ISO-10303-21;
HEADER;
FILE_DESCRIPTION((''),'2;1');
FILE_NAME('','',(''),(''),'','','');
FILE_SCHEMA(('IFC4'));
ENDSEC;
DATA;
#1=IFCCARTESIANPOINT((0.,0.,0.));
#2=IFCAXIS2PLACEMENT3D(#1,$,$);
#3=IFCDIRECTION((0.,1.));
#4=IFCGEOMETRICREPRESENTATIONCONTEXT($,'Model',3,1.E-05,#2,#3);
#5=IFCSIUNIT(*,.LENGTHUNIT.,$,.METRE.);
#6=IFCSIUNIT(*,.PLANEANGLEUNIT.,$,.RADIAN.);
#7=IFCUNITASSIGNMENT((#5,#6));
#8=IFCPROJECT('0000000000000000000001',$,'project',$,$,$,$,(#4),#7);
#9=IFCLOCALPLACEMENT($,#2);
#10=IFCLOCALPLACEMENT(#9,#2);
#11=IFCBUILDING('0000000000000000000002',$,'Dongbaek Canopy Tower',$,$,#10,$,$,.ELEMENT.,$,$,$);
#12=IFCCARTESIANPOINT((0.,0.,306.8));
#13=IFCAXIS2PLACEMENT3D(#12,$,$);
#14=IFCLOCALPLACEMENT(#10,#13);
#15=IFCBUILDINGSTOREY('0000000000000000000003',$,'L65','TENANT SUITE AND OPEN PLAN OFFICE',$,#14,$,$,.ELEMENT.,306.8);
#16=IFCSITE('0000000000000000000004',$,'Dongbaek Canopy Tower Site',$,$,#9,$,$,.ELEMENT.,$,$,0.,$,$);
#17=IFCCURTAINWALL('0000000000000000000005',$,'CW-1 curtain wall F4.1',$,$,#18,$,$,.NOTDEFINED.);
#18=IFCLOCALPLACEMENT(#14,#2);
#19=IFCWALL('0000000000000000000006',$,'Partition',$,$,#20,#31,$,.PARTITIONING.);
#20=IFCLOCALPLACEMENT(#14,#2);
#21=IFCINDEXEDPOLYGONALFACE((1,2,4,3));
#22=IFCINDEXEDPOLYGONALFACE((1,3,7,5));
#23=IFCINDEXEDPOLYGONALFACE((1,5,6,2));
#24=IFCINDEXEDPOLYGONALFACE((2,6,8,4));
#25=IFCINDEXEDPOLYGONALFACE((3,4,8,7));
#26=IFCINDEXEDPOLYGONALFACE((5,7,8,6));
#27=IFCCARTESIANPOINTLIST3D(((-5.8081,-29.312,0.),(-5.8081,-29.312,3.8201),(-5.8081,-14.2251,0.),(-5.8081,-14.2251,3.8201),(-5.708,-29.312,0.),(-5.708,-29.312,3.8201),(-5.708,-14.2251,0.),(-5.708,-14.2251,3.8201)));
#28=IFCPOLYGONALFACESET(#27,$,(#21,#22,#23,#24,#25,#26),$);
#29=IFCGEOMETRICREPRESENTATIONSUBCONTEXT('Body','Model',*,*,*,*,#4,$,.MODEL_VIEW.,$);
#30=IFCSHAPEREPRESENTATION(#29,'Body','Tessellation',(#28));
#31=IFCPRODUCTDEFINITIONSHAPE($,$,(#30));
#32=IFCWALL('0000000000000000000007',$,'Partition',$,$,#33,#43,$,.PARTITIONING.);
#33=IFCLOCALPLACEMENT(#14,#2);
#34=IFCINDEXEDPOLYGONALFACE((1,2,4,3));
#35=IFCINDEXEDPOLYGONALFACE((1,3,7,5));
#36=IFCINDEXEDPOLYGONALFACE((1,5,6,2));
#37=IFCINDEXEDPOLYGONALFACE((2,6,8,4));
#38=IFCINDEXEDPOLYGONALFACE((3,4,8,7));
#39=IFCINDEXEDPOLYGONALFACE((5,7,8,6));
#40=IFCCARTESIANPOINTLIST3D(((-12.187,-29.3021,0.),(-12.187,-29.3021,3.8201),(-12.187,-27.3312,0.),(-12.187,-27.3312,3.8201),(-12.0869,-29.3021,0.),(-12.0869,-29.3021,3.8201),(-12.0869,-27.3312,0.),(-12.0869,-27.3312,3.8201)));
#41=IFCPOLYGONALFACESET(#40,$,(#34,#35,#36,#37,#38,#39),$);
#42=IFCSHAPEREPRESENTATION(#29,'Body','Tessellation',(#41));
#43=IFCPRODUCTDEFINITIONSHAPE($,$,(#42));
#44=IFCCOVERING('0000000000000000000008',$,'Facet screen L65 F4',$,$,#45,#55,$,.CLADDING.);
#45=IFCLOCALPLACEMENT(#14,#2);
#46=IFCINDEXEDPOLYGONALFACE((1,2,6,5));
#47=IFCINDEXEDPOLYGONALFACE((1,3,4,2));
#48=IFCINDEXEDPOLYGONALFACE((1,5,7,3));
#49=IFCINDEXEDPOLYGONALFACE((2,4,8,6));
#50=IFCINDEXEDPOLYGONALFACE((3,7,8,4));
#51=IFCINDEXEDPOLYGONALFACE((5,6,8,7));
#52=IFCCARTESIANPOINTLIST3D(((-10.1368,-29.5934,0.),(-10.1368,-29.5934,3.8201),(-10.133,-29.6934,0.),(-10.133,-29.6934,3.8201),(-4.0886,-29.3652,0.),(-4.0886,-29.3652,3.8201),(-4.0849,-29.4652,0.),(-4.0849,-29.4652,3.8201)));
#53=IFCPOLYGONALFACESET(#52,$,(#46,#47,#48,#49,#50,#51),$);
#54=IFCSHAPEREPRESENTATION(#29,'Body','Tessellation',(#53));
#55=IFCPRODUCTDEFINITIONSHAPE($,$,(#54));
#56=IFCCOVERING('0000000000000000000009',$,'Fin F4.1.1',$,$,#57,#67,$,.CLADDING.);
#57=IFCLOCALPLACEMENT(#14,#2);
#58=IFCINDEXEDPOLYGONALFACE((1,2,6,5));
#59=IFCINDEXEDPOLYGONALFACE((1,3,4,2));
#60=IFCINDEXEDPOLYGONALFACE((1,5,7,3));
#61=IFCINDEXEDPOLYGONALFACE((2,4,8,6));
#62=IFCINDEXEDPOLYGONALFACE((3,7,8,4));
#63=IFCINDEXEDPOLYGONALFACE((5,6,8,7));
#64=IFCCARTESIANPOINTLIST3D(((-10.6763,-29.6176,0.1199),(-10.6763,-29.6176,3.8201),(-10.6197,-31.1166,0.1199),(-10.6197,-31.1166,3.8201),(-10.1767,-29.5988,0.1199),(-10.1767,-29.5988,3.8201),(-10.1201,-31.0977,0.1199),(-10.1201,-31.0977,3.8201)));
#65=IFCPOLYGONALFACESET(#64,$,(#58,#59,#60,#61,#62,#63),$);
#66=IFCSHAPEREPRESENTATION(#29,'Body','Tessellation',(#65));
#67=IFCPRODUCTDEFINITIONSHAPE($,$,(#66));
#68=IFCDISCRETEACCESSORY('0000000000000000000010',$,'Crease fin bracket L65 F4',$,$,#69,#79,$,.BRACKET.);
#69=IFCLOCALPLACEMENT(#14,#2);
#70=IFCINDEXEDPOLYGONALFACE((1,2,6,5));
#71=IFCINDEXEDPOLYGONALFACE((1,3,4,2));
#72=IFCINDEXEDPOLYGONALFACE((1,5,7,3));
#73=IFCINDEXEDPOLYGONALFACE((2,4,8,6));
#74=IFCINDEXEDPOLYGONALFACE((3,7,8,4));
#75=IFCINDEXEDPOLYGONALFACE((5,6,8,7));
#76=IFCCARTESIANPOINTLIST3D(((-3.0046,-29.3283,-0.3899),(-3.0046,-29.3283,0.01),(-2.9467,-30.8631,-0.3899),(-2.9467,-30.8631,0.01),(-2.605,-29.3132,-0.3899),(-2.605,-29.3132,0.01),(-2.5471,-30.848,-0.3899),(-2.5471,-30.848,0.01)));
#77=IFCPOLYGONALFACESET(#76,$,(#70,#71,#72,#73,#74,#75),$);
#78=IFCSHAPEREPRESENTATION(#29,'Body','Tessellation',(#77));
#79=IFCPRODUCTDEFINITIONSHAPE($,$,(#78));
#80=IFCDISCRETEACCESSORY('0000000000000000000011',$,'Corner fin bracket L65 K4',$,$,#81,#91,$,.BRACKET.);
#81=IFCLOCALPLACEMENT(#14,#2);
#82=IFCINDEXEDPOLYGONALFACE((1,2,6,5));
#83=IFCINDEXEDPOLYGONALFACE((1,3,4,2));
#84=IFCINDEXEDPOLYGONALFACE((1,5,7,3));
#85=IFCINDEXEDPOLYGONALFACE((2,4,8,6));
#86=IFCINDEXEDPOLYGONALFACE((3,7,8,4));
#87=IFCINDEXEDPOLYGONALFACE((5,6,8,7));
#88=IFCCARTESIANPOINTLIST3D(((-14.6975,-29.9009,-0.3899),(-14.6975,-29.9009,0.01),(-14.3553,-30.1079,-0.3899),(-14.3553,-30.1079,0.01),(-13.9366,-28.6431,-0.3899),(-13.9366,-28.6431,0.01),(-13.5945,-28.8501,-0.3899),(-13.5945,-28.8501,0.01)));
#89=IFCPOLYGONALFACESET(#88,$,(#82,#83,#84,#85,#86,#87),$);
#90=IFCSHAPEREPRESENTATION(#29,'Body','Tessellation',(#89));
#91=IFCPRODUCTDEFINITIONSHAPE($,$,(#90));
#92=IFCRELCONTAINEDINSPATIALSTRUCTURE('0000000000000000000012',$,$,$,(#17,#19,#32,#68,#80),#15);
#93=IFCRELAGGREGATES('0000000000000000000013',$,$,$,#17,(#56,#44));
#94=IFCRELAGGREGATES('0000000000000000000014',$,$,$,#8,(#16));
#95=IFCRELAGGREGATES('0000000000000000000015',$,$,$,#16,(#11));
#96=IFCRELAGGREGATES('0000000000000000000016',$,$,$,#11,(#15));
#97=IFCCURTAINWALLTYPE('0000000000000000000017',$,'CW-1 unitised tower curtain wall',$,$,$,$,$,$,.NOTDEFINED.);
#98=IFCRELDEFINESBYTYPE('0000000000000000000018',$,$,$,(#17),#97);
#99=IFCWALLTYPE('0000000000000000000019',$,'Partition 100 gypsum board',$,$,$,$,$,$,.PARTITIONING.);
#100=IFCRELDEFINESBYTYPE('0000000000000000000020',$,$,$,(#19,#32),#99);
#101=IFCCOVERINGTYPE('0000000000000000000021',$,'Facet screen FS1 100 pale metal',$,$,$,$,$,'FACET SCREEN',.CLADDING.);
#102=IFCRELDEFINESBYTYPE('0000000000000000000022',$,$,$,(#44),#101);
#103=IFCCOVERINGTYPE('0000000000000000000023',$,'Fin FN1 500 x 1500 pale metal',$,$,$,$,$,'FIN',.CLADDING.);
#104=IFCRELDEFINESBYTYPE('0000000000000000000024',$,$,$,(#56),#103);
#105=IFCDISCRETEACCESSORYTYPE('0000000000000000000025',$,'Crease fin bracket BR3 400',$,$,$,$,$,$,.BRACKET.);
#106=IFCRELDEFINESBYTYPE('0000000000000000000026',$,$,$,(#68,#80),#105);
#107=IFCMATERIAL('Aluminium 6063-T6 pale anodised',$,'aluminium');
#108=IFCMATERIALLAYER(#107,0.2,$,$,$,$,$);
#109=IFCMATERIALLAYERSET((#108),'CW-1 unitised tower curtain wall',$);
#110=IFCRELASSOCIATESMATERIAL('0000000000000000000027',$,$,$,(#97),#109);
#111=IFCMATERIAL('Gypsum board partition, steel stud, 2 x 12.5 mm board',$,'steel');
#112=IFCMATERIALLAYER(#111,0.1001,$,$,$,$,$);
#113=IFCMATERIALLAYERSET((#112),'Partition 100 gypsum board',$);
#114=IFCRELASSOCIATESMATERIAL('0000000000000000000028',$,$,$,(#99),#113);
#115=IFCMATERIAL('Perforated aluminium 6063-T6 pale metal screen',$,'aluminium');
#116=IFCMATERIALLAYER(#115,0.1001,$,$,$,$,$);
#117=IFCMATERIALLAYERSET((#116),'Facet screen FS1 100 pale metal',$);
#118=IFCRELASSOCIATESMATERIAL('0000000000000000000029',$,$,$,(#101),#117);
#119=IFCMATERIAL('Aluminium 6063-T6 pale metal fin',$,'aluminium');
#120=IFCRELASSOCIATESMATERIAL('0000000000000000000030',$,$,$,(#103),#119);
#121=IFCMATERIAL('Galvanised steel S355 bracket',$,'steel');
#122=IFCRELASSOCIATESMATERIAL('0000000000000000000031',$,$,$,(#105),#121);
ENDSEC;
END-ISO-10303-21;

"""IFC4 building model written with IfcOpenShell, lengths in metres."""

from ifc_helpers import new_model, si_unit, direction, frame, frame_2d, origin, origin_2d, place, context, subcontext, project, spatial, rectangle, extrude, material, layer, layer_set, material_profile, profile_set, type_object, element, aggregate, save


model = new_model("IFC4")

# Units and contexts
model_context = context("Model", 3, precision=1e-05, world=origin(), true_north=direction((0.0, 1.0)))
body_context = subcontext(model_context, "Body", "Model", "MODEL_VIEW")
ifc_project = project(units=[si_unit("LENGTHUNIT", "METRE"), si_unit("PLANEANGLEUNIT", "RADIAN")], contexts=[model_context])

# Site, building, storey
site_placement = place(None, origin())
site = spatial("IfcSite", under=ifc_project, at=site_placement, Name="Dongbaek Canopy Tower Site", CompositionType="ELEMENT", RefElevation=0.0)
building_placement = place(site_placement, origin())
building = spatial("IfcBuilding", under=site, at=building_placement, Name="Dongbaek Canopy Tower", CompositionType="ELEMENT")
storey_placement = place(building_placement, frame((0.0, 0.0, 306.8)))
storey = spatial("IfcBuildingStorey", under=building, at=storey_placement, Name="L65", Description="TENANT SUITE AND OPEN PLAN OFFICE", CompositionType="ELEMENT", Elevation=306.8)

# Curtain wall
ifc_material_1 = material(Name="Aluminium 6063-T6 pale anodised", Category="aluminium")
ifc_layer_1 = layer(ifc_material_1, 0.2)
ifc_layer_set_1 = layer_set([ifc_layer_1], Name="CW-1 unitised tower curtain wall")
curtain_wall_type = type_object("IfcCurtainWallType", Name="CW-1 unitised tower curtain wall", PredefinedType="NOTDEFINED", material=ifc_layer_set_1)
curtain_wall_1_placement = place(storey_placement, origin())
curtain_wall_1 = element("IfcCurtainWall", 1, at=curtain_wall_1_placement, inside=storey, type_object=curtain_wall_type, Name="CW-1 curtain wall F4.1", PredefinedType="NOTDEFINED")

# Walls
ifc_material_2 = material(Name="Gypsum board partition, steel stud, 2 x 12.5 mm board", Category="steel")
ifc_layer_2 = layer(ifc_material_2, 0.1001)
ifc_layer_set_2 = layer_set([ifc_layer_2], Name="Partition 100 gypsum board")
wall_type_1 = type_object("IfcWallType", Name="Partition 100 gypsum board", PredefinedType="PARTITIONING", material=ifc_layer_set_2)
wall_1_placement = place(storey_placement, frame((-5.7581, -29.312, 0.0), z_axis=(0.0, 0.0, 1.0), x_axis=(0.0, 1.0, 0.0)))
element("IfcWall", 2, at=wall_1_placement, inside=storey, type_object=wall_type_1, Name="Partition", PredefinedType="PARTITIONING", context=body_context, shape_type="SweptSolid", body=[
    extrude(rectangle(XDim=15.0869, YDim=0.1001, at=frame_2d((7.5435, 0.0))), origin(), (0.0, 0.0, 1.0), 3.8201),
])
wall_2_placement = place(storey_placement, frame((-12.137, -29.302, 0.0), z_axis=(0.0, 0.0, 1.0), x_axis=(0.0, 1.0, 0.0)))
element("IfcWall", 3, at=wall_2_placement, inside=storey, type_object=wall_type_1, Name="Partition", PredefinedType="PARTITIONING", context=body_context, shape_type="SweptSolid", body=[
    extrude(rectangle(XDim=1.9709, YDim=0.1001, at=frame_2d((0.9854, 0.0))), origin(), (0.0, 0.0, 1.0), 3.8201),
])

# Coverings
ifc_material_3 = material(Name="Perforated aluminium 6063-T6 pale metal screen", Category="aluminium")
ifc_layer_3 = layer(ifc_material_3, 0.1001)
ifc_layer_set_3 = layer_set([ifc_layer_3], Name="Facet screen FS1 100 pale metal")
covering_type_1 = type_object("IfcCoveringType", Name="Facet screen FS1 100 pale metal", ElementType="FACET SCREEN", PredefinedType="CLADDING", material=ifc_layer_set_3)
covering_1_placement = place(storey_placement, frame((-7.1108, -29.5293, 0.0), z_axis=(0.0, 0.0, 1.0), x_axis=(0.999289, 0.037713, 0.0)))
covering_1 = element("IfcCovering", 4, at=covering_1_placement, type_object=covering_type_1, Name="Facet screen L65 F4", PredefinedType="CLADDING", context=body_context, shape_type="SweptSolid", body=[
    extrude(rectangle(XDim=6.0525, YDim=0.1001, at=origin_2d()), origin(), (0.0, 0.0, 1.0), 3.8201),
])
ifc_material_4 = material(Name="Aluminium 6063-T6 pale metal fin", Category="aluminium")
ifc_material_profile_1 = material_profile(ifc_material_4, rectangle(XDim=1.5, YDim=0.5, at=origin_2d()), Name="Fin FN1 500 x 1500 pale metal")
ifc_profile_set_1 = profile_set([ifc_material_profile_1], Name="Aluminium 6063-T6 pale metal fin")
covering_type_2 = type_object("IfcCoveringType", Name="Fin FN1 500 x 1500 pale metal", ElementType="FIN", PredefinedType="CLADDING", material=ifc_profile_set_1)
covering_2_placement = place(storey_placement, frame((-10.3982, -30.3577, 0.1199), z_axis=(0.0, 0.0, 1.0), x_axis=(0.037712, -0.999289, 0.0)))
covering_2 = element("IfcCovering", 5, at=covering_2_placement, type_object=covering_type_2, Name="Fin F4.1.1", PredefinedType="CLADDING", context=body_context, shape_type="SweptSolid", body=[
    extrude(rectangle(XDim=1.5, YDim=0.5, at=origin_2d()), origin(), (0.0, 0.0, 1.0), 3.7002),
])
aggregate(curtain_wall_1, [covering_2, covering_1])

# Discrete accessories
ifc_material_5 = material(Name="Galvanised steel S355 bracket", Category="steel")
discrete_accessory_type = type_object("IfcDiscreteAccessoryType", Name="Crease fin bracket BR3 400", PredefinedType="BRACKET", material=ifc_material_5)
discrete_accessory_1_placement = place(storey_placement, frame((-2.7759, -30.0881, -0.3899), z_axis=(0.0, 0.0, 1.0), x_axis=(0.037713, -0.999289, 0.0)))
element("IfcDiscreteAccessory", 6, at=discrete_accessory_1_placement, inside=storey, type_object=discrete_accessory_type, Name="Crease fin bracket L65 F4", PredefinedType="BRACKET", context=body_context, shape_type="SweptSolid", body=[
    extrude(rectangle(XDim=1.5359, YDim=0.3999, at=origin_2d()), origin(), (0.0, 0.0, 1.0), 0.3999),
])
discrete_accessory_2_placement = place(storey_placement, frame((-14.146, -29.3755, -0.3899), z_axis=(0.0, 0.0, 1.0), x_axis=(-0.517606, -0.855619, 0.0)))
element("IfcDiscreteAccessory", 7, at=discrete_accessory_2_placement, inside=storey, type_object=discrete_accessory_type, Name="Corner fin bracket L65 K4", PredefinedType="BRACKET", context=body_context, shape_type="SweptSolid", body=[
    extrude(rectangle(XDim=1.47, YDim=0.3999, at=origin_2d()), origin(), (0.0, 0.0, 1.0), 0.3999),
])

save(model, "model.ifc")
